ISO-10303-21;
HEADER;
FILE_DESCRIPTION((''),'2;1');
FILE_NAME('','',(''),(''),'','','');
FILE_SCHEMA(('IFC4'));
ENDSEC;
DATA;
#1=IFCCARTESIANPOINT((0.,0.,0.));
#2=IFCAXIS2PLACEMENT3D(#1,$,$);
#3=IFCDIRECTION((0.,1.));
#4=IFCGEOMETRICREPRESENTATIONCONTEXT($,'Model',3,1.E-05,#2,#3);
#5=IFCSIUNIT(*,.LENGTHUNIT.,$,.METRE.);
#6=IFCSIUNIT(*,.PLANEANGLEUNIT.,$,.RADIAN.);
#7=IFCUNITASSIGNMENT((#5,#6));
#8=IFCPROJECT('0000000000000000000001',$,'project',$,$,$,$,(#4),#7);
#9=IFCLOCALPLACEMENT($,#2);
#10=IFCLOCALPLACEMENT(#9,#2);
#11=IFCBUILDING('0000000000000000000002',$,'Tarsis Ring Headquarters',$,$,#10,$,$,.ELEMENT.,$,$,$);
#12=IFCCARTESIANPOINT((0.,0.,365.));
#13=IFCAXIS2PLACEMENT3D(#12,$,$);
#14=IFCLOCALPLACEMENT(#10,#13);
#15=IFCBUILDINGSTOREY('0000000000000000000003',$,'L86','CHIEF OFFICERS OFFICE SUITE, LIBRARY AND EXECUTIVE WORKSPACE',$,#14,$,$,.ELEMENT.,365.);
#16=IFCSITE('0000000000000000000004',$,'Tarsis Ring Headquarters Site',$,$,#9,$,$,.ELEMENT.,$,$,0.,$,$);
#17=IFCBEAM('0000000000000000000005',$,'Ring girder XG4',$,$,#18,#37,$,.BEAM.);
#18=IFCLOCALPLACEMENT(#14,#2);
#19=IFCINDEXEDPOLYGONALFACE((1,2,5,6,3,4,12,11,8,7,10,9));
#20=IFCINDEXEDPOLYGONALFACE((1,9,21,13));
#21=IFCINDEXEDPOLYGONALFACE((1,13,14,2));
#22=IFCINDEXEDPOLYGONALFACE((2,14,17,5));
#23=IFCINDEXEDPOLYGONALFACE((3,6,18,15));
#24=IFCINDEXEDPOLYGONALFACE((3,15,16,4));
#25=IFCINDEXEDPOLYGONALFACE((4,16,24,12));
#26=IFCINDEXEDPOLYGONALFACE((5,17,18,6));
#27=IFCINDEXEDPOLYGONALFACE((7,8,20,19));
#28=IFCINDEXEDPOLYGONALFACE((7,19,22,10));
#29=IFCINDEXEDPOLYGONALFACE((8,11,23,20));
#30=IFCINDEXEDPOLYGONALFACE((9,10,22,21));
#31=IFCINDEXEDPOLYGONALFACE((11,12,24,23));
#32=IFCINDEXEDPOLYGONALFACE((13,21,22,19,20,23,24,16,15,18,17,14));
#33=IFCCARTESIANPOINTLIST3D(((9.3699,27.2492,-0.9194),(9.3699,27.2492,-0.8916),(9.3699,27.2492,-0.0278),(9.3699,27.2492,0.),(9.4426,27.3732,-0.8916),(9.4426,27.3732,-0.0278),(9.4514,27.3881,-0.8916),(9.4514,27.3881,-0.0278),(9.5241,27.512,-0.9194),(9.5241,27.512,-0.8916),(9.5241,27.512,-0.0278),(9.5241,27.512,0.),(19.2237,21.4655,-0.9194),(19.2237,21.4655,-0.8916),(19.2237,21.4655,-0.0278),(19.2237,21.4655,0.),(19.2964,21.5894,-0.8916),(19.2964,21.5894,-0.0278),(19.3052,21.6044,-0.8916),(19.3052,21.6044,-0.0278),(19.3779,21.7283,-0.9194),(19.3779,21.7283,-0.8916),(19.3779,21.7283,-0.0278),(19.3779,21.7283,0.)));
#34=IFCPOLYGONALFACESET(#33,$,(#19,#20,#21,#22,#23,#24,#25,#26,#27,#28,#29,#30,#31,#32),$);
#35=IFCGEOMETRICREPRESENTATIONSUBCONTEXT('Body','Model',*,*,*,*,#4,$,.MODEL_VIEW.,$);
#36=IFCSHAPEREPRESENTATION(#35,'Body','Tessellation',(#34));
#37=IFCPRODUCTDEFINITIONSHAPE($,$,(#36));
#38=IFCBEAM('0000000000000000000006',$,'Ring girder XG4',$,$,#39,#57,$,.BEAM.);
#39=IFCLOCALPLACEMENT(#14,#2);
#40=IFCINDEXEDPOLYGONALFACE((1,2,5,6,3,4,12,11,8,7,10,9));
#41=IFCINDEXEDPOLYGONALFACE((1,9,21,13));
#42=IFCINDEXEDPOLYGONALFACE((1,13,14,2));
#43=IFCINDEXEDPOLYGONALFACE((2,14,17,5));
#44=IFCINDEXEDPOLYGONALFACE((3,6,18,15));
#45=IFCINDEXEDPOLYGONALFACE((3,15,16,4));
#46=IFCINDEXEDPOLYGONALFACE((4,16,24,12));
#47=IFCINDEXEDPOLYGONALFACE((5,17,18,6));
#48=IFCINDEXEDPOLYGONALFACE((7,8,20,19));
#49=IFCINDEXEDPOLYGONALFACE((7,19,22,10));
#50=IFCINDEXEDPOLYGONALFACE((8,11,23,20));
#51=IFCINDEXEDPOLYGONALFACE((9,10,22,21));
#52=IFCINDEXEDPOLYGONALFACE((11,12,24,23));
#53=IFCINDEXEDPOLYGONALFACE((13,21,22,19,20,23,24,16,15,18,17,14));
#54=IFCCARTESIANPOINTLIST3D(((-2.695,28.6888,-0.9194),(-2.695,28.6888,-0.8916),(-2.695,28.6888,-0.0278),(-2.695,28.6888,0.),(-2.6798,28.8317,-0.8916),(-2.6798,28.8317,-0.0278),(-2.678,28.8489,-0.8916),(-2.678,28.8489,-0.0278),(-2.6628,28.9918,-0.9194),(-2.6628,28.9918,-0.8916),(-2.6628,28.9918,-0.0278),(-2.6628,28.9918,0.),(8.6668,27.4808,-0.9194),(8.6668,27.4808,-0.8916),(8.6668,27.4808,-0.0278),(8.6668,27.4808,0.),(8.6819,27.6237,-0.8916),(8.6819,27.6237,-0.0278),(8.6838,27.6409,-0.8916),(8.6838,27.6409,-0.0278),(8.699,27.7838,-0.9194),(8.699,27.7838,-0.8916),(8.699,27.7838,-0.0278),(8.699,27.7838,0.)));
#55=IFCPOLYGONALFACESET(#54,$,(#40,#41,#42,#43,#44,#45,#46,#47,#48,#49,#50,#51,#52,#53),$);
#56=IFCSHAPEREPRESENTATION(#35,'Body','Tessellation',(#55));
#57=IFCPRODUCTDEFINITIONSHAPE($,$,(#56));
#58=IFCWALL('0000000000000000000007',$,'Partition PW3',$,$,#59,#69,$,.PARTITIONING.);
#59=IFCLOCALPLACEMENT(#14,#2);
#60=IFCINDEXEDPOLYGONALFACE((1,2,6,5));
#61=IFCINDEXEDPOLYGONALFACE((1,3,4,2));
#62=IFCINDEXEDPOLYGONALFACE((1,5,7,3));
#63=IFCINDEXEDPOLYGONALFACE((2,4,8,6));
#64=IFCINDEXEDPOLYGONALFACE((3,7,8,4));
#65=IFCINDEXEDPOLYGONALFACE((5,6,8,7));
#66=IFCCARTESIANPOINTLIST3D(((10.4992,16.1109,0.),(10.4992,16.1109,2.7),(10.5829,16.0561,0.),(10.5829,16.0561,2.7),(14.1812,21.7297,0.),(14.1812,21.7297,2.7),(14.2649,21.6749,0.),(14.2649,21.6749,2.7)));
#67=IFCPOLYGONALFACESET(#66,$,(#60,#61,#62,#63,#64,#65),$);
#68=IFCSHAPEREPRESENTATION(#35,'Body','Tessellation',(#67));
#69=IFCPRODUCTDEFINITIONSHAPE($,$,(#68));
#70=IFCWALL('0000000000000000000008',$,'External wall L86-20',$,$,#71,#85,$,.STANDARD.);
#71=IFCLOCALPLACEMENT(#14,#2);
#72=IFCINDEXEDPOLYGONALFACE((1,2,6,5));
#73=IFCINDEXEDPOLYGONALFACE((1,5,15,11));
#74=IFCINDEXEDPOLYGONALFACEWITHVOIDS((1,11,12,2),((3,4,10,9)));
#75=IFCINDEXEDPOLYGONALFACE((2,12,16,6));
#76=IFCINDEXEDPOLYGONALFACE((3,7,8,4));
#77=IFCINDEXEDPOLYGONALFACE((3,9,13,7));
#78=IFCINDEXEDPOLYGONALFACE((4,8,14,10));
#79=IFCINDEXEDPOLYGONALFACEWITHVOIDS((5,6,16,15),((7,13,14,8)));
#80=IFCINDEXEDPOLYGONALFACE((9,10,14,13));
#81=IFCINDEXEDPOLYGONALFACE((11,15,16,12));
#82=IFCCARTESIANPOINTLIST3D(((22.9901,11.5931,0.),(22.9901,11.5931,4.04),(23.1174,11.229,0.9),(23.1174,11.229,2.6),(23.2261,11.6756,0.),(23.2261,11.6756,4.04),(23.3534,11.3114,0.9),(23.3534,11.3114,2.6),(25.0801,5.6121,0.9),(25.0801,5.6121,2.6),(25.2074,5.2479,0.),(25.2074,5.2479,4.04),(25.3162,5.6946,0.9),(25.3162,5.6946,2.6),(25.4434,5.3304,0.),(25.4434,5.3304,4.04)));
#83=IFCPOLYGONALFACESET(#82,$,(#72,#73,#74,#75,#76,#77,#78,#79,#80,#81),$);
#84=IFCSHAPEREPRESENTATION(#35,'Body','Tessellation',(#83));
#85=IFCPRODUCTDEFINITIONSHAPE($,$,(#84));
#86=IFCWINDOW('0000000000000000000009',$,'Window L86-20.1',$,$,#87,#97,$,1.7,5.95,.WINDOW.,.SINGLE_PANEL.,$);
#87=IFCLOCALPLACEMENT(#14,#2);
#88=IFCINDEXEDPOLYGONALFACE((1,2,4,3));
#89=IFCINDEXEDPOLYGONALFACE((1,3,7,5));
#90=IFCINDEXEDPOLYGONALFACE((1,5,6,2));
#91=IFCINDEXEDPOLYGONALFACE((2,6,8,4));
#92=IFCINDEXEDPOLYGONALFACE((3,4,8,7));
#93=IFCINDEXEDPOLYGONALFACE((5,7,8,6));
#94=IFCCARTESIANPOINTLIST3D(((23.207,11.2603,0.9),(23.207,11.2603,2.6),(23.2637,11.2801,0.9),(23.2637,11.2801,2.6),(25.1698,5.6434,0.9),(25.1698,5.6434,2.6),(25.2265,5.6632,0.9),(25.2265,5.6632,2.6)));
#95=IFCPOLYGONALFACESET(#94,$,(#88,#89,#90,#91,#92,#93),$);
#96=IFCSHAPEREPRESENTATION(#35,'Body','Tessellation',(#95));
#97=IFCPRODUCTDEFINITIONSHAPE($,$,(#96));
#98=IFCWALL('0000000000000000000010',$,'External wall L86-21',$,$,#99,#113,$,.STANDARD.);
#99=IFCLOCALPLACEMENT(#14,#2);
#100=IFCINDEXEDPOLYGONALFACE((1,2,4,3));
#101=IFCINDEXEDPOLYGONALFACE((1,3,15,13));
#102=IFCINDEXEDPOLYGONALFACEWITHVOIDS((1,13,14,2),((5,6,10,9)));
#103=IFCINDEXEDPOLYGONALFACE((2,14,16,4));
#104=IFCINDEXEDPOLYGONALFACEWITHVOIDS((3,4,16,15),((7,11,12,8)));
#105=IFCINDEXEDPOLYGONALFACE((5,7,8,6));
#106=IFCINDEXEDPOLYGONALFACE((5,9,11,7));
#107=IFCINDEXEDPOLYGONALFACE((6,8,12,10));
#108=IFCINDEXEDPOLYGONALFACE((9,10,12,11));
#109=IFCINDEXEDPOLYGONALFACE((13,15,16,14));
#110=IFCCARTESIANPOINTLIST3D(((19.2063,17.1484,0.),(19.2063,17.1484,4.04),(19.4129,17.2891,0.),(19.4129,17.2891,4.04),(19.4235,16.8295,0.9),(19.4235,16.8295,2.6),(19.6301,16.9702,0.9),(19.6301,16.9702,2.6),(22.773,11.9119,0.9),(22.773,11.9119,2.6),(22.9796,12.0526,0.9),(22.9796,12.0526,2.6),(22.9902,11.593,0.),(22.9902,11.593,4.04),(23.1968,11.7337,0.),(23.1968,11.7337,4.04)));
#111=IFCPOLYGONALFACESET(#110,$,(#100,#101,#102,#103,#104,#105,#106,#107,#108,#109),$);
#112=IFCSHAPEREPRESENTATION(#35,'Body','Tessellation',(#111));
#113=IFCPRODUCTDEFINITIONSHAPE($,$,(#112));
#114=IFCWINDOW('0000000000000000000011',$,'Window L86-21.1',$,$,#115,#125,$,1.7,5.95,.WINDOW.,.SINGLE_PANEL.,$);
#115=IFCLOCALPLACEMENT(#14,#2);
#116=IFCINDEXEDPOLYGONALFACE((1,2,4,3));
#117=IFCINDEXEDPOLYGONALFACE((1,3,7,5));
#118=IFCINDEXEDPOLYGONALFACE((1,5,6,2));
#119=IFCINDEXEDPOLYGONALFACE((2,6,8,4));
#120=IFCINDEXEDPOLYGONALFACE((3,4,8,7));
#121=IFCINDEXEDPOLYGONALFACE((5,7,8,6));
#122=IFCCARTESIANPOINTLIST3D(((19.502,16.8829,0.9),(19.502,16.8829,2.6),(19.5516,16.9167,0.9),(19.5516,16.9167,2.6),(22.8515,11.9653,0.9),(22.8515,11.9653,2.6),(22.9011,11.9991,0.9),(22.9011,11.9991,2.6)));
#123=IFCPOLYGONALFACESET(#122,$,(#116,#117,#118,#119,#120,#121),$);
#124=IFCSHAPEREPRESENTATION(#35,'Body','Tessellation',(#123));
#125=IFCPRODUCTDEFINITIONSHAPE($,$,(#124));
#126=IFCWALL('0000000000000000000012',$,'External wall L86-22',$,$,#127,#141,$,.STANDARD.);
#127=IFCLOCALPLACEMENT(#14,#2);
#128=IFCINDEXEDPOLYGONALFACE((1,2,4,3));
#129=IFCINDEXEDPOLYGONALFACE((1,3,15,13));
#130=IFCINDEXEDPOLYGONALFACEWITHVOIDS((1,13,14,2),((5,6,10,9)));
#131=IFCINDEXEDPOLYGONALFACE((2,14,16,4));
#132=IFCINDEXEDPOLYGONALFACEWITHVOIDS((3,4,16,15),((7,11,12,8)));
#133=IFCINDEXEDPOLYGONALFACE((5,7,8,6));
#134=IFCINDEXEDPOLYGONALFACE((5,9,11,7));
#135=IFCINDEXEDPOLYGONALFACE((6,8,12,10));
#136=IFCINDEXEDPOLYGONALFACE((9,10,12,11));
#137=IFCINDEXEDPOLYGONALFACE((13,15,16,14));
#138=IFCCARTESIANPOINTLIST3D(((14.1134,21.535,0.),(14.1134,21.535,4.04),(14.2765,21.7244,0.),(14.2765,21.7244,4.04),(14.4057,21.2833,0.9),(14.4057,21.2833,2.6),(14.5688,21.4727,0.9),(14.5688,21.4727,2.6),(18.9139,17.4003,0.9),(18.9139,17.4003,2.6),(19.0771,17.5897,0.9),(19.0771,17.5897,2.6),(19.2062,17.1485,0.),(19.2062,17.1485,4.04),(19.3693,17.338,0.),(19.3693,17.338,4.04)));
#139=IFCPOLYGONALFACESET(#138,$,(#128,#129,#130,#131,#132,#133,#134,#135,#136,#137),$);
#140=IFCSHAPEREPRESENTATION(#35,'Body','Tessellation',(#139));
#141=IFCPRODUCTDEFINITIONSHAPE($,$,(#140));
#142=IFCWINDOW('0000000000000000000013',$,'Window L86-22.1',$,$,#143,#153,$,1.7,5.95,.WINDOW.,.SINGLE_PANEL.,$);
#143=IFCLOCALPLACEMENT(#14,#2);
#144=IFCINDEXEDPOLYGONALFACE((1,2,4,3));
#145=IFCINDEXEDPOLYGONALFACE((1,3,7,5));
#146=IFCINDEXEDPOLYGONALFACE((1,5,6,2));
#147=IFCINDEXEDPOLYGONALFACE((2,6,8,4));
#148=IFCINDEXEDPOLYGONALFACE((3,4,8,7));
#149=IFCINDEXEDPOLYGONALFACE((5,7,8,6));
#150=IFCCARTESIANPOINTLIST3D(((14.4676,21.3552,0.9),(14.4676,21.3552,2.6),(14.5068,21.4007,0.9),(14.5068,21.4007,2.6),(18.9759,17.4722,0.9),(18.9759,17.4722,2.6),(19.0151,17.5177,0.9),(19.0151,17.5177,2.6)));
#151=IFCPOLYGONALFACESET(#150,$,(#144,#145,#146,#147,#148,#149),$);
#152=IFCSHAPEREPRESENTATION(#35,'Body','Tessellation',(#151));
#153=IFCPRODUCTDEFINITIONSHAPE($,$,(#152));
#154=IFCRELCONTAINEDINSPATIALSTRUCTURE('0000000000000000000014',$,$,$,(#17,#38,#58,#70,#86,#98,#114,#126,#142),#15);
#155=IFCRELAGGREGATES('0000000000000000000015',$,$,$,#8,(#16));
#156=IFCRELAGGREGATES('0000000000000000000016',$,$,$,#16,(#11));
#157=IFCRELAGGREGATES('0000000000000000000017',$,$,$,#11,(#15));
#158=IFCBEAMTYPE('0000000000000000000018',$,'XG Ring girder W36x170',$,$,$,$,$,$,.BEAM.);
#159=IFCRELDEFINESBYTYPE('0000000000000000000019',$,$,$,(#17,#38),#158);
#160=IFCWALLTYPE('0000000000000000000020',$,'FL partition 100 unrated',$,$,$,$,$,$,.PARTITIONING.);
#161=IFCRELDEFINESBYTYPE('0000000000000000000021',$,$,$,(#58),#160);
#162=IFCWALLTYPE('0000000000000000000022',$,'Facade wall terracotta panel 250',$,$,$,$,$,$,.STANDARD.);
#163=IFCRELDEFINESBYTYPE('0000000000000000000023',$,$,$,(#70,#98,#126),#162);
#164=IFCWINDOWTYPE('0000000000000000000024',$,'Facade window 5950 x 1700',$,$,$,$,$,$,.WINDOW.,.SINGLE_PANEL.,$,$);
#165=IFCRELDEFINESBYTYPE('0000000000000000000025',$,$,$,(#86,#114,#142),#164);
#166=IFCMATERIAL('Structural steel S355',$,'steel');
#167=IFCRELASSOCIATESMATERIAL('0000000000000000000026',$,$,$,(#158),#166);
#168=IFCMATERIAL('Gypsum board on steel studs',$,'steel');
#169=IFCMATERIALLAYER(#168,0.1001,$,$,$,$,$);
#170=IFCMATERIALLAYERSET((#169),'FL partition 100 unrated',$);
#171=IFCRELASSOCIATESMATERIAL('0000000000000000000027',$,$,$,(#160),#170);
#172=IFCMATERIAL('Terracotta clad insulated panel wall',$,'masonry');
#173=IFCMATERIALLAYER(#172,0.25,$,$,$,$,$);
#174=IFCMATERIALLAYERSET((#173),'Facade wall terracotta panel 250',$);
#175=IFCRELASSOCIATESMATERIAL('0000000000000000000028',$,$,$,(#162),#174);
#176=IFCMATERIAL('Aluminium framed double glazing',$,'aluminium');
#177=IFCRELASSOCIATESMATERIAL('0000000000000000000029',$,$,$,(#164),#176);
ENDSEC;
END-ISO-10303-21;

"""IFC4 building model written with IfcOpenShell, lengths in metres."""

from ifc_helpers import new_model, si_unit, direction, frame, frame_2d, origin, origin_2d, place, context, subcontext, project, spatial, rectangle, i_section, extrude, material, layer, layer_set, material_profile, profile_set, type_object, element, fill, save


model = new_model("IFC4")

# Units and contexts
model_context = context("Model", 3, precision=1e-05, world=origin(), true_north=direction((0.0, 1.0)))
body_context = subcontext(model_context, "Body", "Model", "MODEL_VIEW")
ifc_project = project(units=[si_unit("LENGTHUNIT", "METRE"), si_unit("PLANEANGLEUNIT", "RADIAN")], contexts=[model_context])

# Site, building, storey
site_placement = place(None, origin())
site = spatial("IfcSite", under=ifc_project, at=site_placement, Name="Tarsis Ring Headquarters Site", CompositionType="ELEMENT", RefElevation=0.0)
building_placement = place(site_placement, origin())
building = spatial("IfcBuilding", under=site, at=building_placement, Name="Tarsis Ring Headquarters", CompositionType="ELEMENT")
storey_placement = place(building_placement, frame((0.0, 0.0, 365.0)))
storey = spatial("IfcBuildingStorey", under=building, at=storey_placement, Name="L86", Description="CHIEF OFFICERS OFFICE SUITE, LIBRARY AND EXECUTIVE WORKSPACE", CompositionType="ELEMENT", Elevation=365.0)

# Shared definitions
ifc_material_1 = material(Name="Structural steel S355", Category="steel")

# Beams
ifc_material_profile_1 = material_profile(ifc_material_1, i_section(OverallWidth=0.3047, OverallDepth=0.9194, WebThickness=0.0173, FlangeThickness=0.0278, at=origin_2d()), Name="W36x170")
ifc_profile_set_1 = profile_set([ifc_material_profile_1], Name="Structural steel S355")
beam_type_1 = type_object("IfcBeamType", Name="XG Ring girder W36x170", PredefinedType="BEAM", material=ifc_profile_set_1)
for number, where, z_axis, x_axis, name in (
    (1, (19.3008, 21.5969, -0.4597), (-0.862417, 0.506198, 0.0), (-0.506198, -0.862417, 0.0), "Ring girder XG4"),
    (2, (8.6829, 27.6323, -0.4597), (-0.994395, 0.105726, 0.0), (-0.105726, -0.994395, 0.0), "Ring girder XG4"),
):
    element("IfcBeam", number, at=place(storey_placement, frame(where, z_axis=z_axis, x_axis=x_axis)), inside=storey, type_object=beam_type_1, Name=name, PredefinedType="BEAM", context=body_context, shape_type="SweptSolid", body=[
        extrude(i_section(OverallWidth=0.3047, OverallDepth=0.9194, WebThickness=0.0173, FlangeThickness=0.0278, at=origin_2d()), origin(), (0.0, 0.0, 1.0), 11.4258),
    ])

# Wall
ifc_material_2 = material(Name="Gypsum board on steel studs", Category="steel")
ifc_layer_1 = layer(ifc_material_2, 0.1001)
ifc_layer_set_1 = layer_set([ifc_layer_1], Name="FL partition 100 unrated")
wall_type_1 = type_object("IfcWallType", Name="FL partition 100 unrated", PredefinedType="PARTITIONING", material=ifc_layer_set_1)
wall_1_placement = place(storey_placement, frame((10.541, 16.0835, 0.0), z_axis=(0.0, 0.0, 1.0), x_axis=(0.548108, 0.836408, 0.0)))
element("IfcWall", 3, at=wall_1_placement, inside=storey, type_object=wall_type_1, Name="Partition PW3", PredefinedType="PARTITIONING", context=body_context, shape_type="SweptSolid", body=[
    extrude(rectangle(XDim=6.7178, YDim=0.1001, at=frame_2d((3.3589, 0.0))), origin(), (0.0, 0.0, 1.0), 2.7),
])

# Walls, openings, windows
ifc_material_3 = material(Name="Terracotta clad insulated panel wall", Category="masonry")
ifc_layer_2 = layer(ifc_material_3, 0.25)
ifc_layer_set_2 = layer_set([ifc_layer_2], Name="Facade wall terracotta panel 250")
wall_type_2 = type_object("IfcWallType", Name="Facade wall terracotta panel 250", PredefinedType="STANDARD", material=ifc_layer_set_2)
wall_2_placement = place(storey_placement, frame((25.3254, 5.2891, 0.0), z_axis=(0.0, 0.0, 1.0), x_axis=(-0.329881, 0.944022, 0.0)))
wall_2 = element("IfcWall", 4, at=wall_2_placement, inside=storey, type_object=wall_type_2, Name="External wall L86-20", PredefinedType="STANDARD", context=body_context, shape_type="SweptSolid", body=[
    extrude(rectangle(XDim=6.7214, YDim=0.25, at=frame_2d((3.3608, 0.0))), origin(), (0.0, 0.0, 1.0), 4.04),
])
opening_1_placement = place(wall_2_placement, frame((0.3857, 0.0, 0.8999)))
opening_1 = element("IfcOpeningElement", 5, at=opening_1_placement, cuts=wall_2, PredefinedType="OPENING", context=body_context, shape_type="SweptSolid", body=[
    extrude(rectangle(XDim=5.95, YDim=1.7, at=frame_2d((2.9751, 0.8501))), frame((0.0, 0.135, 0.0), z_axis=(0.0, -1.0, 0.0), x_axis=(1.0, 0.0, 0.0)), (0.0, 0.0, 1.0), 0.27),
])
ifc_material_4 = material(Name="Aluminium framed double glazing", Category="aluminium")
window_type = type_object("IfcWindowType", Name="Facade window 5950 x 1700", PartitioningType="SINGLE_PANEL", PredefinedType="WINDOW", material=ifc_material_4)
window_1_placement = place(opening_1_placement, origin())
window_1 = element("IfcWindow", 6, at=window_1_placement, inside=storey, type_object=window_type, Name="Window L86-20.1", OverallHeight=1.7, OverallWidth=5.95, PartitioningType="SINGLE_PANEL", PredefinedType="WINDOW", context=body_context, shape_type="SweptSolid", body=[
    extrude(rectangle(XDim=5.95, YDim=1.7, at=frame_2d((2.9751, 0.8501))), frame((0.0, 0.03, 0.0), z_axis=(0.0, -1.0, 0.0), x_axis=(1.0, 0.0, 0.0)), (0.0, 0.0, 1.0), 0.0601),
])
fill(opening_1, window_1)
wall_3_placement = place(storey_placement, frame((23.0935, 11.6633, 0.0), z_axis=(0.0, 0.0, 1.0), x_axis=(-0.562946, 0.826494, 0.0)))
wall_3 = element("IfcWall", 7, at=wall_3_placement, inside=storey, type_object=wall_type_2, Name="External wall L86-21", PredefinedType="STANDARD", context=body_context, shape_type="SweptSolid", body=[
    extrude(rectangle(XDim=6.7217, YDim=0.25, at=frame_2d((3.3608, 0.0))), origin(), (0.0, 0.0, 1.0), 4.04),
])
opening_2_placement = place(wall_3_placement, frame((0.3857, 0.0, 0.8999)))
opening_2 = element("IfcOpeningElement", 8, at=opening_2_placement, cuts=wall_3, PredefinedType="OPENING", context=body_context, shape_type="SweptSolid", body=[
    extrude(rectangle(XDim=5.95, YDim=1.7, at=frame_2d((2.9751, 0.8501))), frame((0.0, 0.135, 0.0), z_axis=(0.0, -1.0, 0.0), x_axis=(1.0, 0.0, 0.0)), (0.0, 0.0, 1.0), 0.27),
])
window_2_placement = place(opening_2_placement, origin())
window_2 = element("IfcWindow", 9, at=window_2_placement, inside=storey, type_object=window_type, Name="Window L86-21.1", OverallHeight=1.7, OverallWidth=5.95, PartitioningType="SINGLE_PANEL", PredefinedType="WINDOW", context=body_context, shape_type="SweptSolid", body=[
    extrude(rectangle(XDim=5.95, YDim=1.7, at=frame_2d((2.9751, 0.8501))), frame((0.0, 0.03, 0.0), z_axis=(0.0, -1.0, 0.0), x_axis=(1.0, 0.0, 0.0)), (0.0, 0.0, 1.0), 0.0601),
])
fill(opening_2, window_2)
wall_4_placement = place(storey_placement, frame((19.2878, 17.2432, 0.0), z_axis=(0.0, 0.0, 1.0), x_axis=(-0.757693, 0.652611, 0.0)))
wall_4 = element("IfcWall", 10, at=wall_4_placement, inside=storey, type_object=wall_type_2, Name="External wall L86-22", PredefinedType="STANDARD", context=body_context, shape_type="SweptSolid", body=[
    extrude(rectangle(XDim=6.7214, YDim=0.25, at=frame_2d((3.3608, 0.0))), origin(), (0.0, 0.0, 1.0), 4.04),
])
opening_3_placement = place(wall_4_placement, frame((0.3857, 0.0, 0.8999)))
opening_3 = element("IfcOpeningElement", 11, at=opening_3_placement, cuts=wall_4, PredefinedType="OPENING", context=body_context, shape_type="SweptSolid", body=[
    extrude(rectangle(XDim=5.95, YDim=1.7, at=frame_2d((2.9751, 0.8501))), frame((0.0, 0.135, 0.0), z_axis=(0.0, -1.0, 0.0), x_axis=(1.0, 0.0, 0.0)), (0.0, 0.0, 1.0), 0.27),
])
window_3_placement = place(opening_3_placement, origin())
window_3 = element("IfcWindow", 12, at=window_3_placement, inside=storey, type_object=window_type, Name="Window L86-22.1", OverallHeight=1.7, OverallWidth=5.95, PartitioningType="SINGLE_PANEL", PredefinedType="WINDOW", context=body_context, shape_type="SweptSolid", body=[
    extrude(rectangle(XDim=5.95, YDim=1.7, at=frame_2d((2.9751, 0.8501))), frame((0.0, 0.03, 0.0), z_axis=(0.0, -1.0, 0.0), x_axis=(1.0, 0.0, 0.0)), (0.0, 0.0, 1.0), 0.0601),
])
fill(opening_3, window_3)

save(model, "model.ifc")
